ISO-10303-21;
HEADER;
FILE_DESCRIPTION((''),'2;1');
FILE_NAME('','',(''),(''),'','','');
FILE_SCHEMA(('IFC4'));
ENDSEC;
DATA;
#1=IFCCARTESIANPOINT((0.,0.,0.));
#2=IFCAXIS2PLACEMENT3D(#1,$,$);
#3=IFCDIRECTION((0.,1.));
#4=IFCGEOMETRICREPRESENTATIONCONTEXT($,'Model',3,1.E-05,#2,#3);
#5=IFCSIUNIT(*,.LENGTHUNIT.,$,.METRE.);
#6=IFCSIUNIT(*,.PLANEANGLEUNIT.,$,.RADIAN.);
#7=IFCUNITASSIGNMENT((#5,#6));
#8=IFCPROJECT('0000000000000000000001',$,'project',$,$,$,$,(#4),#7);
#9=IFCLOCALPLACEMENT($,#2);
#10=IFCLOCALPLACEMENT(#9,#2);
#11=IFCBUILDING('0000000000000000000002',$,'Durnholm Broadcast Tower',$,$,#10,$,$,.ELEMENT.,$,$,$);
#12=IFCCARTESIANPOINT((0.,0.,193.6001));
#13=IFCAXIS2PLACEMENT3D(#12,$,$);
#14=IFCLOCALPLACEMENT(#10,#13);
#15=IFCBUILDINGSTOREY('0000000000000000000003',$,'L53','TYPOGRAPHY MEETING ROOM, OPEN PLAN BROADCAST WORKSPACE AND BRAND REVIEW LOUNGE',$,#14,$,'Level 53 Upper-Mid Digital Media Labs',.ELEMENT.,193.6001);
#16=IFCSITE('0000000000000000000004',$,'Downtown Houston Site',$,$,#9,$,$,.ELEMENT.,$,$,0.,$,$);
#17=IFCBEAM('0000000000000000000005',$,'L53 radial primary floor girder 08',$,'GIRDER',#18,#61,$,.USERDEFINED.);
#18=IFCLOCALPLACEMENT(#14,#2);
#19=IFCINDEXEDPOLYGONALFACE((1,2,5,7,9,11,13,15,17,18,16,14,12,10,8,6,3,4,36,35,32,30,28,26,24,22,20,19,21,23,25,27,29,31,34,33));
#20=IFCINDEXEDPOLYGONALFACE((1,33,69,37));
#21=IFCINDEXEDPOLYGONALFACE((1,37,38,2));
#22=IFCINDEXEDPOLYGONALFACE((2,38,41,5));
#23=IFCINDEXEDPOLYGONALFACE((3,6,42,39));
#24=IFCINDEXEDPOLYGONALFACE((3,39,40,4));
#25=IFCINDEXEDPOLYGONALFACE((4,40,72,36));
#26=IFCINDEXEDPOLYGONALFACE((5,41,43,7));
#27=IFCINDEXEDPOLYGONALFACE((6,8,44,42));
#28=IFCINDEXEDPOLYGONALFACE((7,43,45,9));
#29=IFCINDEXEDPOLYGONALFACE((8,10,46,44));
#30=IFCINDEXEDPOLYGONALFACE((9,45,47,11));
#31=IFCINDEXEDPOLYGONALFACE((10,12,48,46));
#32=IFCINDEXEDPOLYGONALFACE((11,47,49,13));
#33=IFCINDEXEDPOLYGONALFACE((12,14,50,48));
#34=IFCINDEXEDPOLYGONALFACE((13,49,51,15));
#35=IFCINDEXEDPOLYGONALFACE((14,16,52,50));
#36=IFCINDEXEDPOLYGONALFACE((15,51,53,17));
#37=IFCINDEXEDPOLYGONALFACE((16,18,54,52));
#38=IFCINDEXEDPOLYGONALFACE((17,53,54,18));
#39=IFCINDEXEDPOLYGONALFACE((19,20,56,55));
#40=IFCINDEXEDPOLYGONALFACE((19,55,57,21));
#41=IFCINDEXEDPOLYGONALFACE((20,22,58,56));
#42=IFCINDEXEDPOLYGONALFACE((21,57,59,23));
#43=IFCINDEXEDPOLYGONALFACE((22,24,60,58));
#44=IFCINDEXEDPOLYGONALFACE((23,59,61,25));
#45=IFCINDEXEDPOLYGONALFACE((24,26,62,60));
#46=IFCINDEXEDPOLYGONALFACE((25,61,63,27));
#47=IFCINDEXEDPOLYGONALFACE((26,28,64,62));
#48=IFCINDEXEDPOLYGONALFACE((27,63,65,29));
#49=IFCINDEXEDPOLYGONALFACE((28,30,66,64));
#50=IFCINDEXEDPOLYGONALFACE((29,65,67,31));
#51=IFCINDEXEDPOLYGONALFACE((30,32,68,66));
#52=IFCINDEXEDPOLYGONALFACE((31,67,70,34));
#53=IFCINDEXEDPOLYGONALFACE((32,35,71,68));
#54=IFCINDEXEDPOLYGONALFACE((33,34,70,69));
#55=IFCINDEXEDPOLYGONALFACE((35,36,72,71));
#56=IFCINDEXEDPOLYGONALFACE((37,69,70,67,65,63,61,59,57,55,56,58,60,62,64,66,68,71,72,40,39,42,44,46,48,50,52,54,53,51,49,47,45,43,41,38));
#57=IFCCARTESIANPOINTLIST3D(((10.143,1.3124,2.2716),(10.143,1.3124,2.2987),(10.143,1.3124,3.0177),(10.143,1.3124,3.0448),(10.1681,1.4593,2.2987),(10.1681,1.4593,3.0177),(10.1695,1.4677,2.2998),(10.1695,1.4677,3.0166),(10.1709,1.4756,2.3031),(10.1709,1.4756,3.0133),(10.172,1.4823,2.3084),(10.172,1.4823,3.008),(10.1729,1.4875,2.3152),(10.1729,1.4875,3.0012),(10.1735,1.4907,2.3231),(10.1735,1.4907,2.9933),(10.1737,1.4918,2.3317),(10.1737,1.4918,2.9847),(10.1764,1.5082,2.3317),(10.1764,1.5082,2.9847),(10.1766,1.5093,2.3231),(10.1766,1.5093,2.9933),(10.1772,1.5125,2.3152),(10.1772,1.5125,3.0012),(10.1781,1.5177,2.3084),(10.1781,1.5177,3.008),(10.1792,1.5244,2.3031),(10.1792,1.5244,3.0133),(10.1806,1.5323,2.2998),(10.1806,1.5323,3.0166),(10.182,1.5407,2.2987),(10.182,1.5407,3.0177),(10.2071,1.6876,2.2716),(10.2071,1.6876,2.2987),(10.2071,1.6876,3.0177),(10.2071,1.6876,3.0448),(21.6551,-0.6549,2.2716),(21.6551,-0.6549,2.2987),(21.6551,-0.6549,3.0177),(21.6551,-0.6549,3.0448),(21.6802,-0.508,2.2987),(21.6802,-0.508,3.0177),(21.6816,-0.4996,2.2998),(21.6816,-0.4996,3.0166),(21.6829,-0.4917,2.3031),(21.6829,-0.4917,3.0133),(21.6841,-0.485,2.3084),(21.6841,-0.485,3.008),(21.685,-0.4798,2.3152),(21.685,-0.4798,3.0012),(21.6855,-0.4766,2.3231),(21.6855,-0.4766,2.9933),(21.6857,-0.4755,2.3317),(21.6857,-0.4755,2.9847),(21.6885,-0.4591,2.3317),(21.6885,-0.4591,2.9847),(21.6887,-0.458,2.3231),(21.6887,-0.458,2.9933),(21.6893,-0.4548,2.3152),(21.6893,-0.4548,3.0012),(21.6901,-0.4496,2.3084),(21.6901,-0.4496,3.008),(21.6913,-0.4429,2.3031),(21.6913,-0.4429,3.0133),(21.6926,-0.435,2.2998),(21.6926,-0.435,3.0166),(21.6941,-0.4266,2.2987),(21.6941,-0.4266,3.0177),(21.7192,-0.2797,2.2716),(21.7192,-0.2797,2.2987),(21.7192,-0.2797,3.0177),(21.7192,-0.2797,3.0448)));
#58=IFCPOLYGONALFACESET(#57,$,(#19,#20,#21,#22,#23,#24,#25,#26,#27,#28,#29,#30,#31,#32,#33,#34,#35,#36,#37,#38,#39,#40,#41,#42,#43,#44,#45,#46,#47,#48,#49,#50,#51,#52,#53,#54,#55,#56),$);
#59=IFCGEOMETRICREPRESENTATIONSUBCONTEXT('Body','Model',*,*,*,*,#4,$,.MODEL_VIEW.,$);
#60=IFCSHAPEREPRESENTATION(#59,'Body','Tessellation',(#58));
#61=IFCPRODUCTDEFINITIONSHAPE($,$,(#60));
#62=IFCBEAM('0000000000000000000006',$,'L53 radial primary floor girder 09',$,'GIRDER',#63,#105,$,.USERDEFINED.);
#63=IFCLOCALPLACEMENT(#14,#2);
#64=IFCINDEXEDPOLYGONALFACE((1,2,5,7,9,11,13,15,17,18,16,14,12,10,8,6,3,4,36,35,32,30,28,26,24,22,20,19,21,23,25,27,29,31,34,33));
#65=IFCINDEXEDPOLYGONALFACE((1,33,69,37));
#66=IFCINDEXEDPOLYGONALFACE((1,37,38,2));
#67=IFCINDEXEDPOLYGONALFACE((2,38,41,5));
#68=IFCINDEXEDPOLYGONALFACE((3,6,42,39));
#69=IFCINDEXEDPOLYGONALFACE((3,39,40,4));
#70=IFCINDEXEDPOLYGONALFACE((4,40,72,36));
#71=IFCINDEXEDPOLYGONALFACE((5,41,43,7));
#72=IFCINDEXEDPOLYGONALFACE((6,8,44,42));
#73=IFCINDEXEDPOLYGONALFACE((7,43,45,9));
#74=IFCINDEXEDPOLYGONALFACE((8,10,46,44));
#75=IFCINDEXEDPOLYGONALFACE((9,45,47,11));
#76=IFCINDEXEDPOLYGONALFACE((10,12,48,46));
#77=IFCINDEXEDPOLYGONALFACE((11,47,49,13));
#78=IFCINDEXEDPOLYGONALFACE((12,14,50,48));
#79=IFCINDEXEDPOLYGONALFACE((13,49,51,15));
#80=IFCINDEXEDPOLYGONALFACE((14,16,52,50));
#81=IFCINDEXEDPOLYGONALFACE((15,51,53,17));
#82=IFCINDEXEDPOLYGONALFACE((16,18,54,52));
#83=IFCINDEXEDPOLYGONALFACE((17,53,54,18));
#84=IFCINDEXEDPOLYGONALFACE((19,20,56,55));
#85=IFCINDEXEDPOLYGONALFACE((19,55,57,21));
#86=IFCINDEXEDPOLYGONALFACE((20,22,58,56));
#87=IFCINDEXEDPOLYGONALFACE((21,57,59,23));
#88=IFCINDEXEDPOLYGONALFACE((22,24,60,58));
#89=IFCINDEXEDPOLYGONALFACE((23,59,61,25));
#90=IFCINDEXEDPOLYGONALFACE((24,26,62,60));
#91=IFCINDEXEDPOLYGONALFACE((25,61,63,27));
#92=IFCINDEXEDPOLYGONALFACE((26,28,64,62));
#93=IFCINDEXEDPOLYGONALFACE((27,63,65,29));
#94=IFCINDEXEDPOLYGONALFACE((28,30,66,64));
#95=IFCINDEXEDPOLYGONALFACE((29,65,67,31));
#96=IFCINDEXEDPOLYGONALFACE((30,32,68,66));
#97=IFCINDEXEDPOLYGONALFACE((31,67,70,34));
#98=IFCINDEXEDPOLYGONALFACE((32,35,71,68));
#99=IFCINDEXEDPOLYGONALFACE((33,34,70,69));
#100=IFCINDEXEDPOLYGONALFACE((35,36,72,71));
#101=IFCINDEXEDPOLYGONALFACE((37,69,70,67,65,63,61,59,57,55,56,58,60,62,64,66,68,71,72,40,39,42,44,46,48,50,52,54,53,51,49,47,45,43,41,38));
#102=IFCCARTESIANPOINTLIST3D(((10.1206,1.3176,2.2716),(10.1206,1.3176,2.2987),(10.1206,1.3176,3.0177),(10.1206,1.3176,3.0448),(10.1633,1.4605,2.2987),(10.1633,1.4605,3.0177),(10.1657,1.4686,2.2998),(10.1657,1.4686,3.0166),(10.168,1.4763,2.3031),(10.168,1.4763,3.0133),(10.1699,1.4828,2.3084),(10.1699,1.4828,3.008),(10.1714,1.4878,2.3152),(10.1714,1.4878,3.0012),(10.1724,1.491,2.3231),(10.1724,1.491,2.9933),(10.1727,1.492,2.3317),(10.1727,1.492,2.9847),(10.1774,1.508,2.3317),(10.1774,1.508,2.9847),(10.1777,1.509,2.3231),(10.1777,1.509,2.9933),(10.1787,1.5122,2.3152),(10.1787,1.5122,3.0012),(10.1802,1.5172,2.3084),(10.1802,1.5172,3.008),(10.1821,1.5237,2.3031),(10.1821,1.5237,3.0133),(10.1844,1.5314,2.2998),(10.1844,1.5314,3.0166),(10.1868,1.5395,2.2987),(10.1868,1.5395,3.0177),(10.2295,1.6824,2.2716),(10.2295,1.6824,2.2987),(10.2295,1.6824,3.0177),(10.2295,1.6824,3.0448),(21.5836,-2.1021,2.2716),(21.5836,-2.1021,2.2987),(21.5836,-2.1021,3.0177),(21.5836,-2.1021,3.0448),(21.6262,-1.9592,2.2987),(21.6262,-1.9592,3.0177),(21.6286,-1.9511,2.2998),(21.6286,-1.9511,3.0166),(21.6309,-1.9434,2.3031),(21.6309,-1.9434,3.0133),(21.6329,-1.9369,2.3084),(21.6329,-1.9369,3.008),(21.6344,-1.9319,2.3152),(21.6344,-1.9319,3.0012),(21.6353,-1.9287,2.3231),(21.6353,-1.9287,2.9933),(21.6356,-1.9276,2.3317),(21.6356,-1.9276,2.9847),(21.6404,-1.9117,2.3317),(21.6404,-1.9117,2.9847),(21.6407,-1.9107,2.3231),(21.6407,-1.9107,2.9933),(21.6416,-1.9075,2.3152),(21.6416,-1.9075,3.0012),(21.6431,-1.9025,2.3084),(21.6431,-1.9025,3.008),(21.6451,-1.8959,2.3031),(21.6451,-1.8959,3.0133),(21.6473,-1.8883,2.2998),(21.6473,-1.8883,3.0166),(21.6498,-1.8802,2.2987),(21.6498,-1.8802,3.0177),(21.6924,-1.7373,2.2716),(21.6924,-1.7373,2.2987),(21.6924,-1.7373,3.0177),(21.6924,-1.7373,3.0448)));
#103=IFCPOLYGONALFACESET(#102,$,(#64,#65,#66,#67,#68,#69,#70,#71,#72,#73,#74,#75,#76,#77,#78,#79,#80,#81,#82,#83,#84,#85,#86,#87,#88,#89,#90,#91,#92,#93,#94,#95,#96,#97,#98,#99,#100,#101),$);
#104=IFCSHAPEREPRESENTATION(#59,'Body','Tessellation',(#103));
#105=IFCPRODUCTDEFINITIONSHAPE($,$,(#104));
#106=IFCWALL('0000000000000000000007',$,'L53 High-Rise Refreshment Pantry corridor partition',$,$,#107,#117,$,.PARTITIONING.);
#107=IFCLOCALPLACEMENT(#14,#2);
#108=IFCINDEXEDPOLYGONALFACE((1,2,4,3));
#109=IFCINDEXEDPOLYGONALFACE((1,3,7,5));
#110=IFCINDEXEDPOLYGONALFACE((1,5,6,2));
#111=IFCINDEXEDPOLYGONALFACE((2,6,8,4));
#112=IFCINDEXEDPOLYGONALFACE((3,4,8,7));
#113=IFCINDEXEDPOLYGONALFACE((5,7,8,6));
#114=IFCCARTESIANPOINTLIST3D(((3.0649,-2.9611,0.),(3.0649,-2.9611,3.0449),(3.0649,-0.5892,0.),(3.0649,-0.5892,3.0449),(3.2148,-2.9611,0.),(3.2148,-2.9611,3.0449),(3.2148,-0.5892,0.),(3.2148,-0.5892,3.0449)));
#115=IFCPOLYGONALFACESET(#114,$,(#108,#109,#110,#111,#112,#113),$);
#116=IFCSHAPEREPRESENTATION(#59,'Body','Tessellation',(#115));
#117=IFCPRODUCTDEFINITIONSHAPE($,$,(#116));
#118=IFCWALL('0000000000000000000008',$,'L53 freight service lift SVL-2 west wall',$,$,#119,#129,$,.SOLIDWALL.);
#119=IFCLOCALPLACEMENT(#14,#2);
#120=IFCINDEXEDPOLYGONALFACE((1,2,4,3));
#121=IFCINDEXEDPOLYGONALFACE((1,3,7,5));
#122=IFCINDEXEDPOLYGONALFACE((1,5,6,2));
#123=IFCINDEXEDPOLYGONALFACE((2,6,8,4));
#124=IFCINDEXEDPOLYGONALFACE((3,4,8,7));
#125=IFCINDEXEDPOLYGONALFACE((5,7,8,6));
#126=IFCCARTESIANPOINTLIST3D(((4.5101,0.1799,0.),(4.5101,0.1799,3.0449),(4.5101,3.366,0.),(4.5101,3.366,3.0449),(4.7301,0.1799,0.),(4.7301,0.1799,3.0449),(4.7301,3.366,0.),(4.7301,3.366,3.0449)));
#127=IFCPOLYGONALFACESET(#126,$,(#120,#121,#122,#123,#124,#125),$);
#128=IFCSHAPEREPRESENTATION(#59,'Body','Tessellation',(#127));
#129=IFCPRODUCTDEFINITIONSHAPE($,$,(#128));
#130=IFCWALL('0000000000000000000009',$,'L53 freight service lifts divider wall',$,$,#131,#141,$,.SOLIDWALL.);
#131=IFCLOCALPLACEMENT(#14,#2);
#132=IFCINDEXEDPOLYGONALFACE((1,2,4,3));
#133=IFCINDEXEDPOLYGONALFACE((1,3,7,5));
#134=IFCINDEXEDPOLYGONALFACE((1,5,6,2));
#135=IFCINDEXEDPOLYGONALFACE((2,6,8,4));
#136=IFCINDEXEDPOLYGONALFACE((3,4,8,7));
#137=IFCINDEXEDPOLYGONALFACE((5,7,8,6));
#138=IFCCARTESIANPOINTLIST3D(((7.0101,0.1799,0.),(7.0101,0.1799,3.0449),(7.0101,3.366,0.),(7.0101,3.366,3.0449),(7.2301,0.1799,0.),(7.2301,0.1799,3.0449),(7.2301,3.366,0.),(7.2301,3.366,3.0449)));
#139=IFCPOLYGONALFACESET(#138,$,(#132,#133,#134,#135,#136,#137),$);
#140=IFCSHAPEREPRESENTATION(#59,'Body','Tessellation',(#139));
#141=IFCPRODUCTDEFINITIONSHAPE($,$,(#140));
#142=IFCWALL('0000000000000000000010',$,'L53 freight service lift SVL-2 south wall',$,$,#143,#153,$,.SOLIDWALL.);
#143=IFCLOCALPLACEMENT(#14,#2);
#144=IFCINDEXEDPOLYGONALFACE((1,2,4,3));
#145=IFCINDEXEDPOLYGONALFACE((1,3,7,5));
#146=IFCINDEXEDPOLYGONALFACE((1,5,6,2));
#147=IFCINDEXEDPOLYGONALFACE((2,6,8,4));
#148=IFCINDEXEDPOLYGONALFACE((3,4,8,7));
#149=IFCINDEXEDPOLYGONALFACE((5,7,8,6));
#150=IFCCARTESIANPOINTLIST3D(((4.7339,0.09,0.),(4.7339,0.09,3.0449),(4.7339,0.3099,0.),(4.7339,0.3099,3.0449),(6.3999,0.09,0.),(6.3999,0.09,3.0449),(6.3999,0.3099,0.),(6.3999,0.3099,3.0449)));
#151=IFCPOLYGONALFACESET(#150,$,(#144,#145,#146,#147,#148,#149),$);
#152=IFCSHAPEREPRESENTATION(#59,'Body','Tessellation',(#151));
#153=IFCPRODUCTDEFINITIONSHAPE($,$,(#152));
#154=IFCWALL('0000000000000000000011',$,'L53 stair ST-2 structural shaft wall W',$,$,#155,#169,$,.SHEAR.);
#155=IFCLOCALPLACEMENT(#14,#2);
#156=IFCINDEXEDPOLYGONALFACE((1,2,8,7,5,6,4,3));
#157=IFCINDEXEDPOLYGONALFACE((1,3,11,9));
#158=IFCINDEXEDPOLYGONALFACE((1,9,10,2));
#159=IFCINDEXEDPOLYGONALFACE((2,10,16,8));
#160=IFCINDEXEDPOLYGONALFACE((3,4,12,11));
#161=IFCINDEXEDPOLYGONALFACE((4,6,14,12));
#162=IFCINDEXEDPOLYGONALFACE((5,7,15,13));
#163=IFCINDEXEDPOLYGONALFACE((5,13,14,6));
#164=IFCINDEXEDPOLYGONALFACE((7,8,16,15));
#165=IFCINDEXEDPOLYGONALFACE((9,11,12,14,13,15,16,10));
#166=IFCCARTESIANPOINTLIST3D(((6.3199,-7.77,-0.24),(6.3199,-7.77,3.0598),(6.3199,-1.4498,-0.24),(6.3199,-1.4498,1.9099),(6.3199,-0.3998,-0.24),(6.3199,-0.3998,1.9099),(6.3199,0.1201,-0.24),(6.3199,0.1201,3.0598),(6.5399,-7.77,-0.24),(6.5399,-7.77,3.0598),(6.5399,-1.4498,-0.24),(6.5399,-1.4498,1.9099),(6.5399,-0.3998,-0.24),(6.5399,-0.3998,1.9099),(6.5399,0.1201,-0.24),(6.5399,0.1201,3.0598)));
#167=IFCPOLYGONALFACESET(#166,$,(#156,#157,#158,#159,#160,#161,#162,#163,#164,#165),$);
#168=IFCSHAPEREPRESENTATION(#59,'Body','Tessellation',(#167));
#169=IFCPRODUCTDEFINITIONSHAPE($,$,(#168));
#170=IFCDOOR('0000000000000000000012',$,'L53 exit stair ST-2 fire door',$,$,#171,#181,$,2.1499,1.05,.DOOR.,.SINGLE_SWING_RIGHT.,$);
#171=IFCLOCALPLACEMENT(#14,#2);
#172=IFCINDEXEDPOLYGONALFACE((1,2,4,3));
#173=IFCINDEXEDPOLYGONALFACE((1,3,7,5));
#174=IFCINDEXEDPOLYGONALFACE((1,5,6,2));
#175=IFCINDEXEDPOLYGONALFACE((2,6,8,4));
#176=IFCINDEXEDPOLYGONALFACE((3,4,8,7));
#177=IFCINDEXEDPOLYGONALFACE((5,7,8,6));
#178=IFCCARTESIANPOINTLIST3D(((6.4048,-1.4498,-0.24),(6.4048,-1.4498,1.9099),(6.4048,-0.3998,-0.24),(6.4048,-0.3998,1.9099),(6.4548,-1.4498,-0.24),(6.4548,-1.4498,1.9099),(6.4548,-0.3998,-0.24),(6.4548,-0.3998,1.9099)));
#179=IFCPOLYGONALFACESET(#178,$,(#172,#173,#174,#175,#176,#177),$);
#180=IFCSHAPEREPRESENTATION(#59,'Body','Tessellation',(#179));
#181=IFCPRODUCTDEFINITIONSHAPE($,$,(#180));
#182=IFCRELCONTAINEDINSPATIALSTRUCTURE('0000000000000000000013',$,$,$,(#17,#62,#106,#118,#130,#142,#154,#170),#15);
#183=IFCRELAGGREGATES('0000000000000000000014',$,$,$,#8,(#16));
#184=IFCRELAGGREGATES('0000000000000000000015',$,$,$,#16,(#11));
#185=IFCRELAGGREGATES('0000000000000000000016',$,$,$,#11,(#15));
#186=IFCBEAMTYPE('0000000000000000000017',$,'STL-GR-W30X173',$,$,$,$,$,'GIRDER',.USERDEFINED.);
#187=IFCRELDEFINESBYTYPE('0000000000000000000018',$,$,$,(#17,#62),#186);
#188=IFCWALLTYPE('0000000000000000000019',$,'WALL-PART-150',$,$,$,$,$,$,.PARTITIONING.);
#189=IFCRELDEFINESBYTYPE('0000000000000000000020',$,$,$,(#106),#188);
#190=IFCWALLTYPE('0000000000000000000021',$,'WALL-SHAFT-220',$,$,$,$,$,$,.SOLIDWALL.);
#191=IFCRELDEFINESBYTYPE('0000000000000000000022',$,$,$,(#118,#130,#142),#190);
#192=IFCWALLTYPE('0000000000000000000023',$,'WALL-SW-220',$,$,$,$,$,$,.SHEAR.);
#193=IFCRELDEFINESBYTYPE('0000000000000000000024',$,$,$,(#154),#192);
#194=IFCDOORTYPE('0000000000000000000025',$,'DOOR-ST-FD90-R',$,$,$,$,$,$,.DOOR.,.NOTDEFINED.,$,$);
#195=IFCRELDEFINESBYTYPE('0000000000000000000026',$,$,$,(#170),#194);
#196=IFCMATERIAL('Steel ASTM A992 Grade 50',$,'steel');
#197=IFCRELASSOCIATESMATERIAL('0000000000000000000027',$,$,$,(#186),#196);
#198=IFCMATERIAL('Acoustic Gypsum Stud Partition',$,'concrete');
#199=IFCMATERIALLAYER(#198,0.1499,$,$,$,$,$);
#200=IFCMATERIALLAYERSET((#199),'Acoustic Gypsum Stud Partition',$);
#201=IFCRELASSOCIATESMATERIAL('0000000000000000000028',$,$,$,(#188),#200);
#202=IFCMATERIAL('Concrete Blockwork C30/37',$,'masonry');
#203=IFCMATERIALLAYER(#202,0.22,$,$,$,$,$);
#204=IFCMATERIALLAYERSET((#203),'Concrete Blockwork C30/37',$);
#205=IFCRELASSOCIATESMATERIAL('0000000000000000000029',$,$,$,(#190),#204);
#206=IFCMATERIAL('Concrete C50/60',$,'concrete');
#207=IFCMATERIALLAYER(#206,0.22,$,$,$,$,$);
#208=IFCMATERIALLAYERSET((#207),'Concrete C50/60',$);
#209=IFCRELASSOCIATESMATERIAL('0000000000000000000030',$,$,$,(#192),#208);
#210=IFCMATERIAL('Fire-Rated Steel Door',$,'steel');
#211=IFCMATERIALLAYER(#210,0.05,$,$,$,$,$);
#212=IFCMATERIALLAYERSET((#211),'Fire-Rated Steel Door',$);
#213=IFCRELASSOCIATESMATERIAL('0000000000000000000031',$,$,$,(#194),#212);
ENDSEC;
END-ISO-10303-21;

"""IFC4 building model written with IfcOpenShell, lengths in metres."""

from ifc_helpers import new_model, si_unit, direction, frame, frame_2d, origin, origin_2d, place, context, subcontext, project, spatial, rectangle, i_section, extrude, source, transform, mapped, material, layer, layer_set, material_profile, profile_set, type_object, type_shapes, element, fill, save


model = new_model("IFC4")

# Units and contexts
model_context = context("Model", 3, precision=1e-05, world=origin(), true_north=direction((0.0, 1.0)))
body_context = subcontext(model_context, "Body", "Model", "MODEL_VIEW")
ifc_project = project(units=[si_unit("LENGTHUNIT", "METRE"), si_unit("PLANEANGLEUNIT", "RADIAN")], contexts=[model_context])

# Site, building, storey
site_placement = place(None, origin())
site = spatial("IfcSite", under=ifc_project, at=site_placement, Name="Downtown Houston Site", CompositionType="ELEMENT", RefElevation=0.0)
building_placement = place(site_placement, origin())
building = spatial("IfcBuilding", under=site, at=building_placement, Name="Durnholm Broadcast Tower", CompositionType="ELEMENT")
storey_placement = place(building_placement, frame((0.0, 0.0, 193.6001)))
storey = spatial("IfcBuildingStorey", under=building, at=storey_placement, Name="L53", Description="TYPOGRAPHY MEETING ROOM, OPEN PLAN BROADCAST WORKSPACE AND BRAND REVIEW LOUNGE", LongName="Level 53 Upper-Mid Digital Media Labs", CompositionType="ELEMENT", Elevation=193.6001)

# Beams
ifc_material_1 = material(Name="Steel ASTM A992 Grade 50", Category="steel")
ifc_material_profile = material_profile(ifc_material_1, i_section(OverallWidth=0.3806, OverallDepth=0.7732, WebThickness=0.0166, FlangeThickness=0.0271, FilletRadius=0.033, at=origin_2d()), Name="W30X173")
ifc_profile_set = profile_set([ifc_material_profile], Name="Steel ASTM A992 Grade 50")
beam_type = type_object("IfcBeamType", Name="STL-GR-W30X173", ElementType="GIRDER", PredefinedType="USERDEFINED", material=ifc_profile_set)
shared_shape_1 = source(origin(), body_context, "Body", "SweptSolid", [
    extrude(i_section(OverallWidth=0.3806, OverallDepth=0.7732, WebThickness=0.0166, FlangeThickness=0.0271, FilletRadius=0.033, at=origin_2d()), origin(), (0.0, 0.0, 1.0), 11.679),
])
beam_1_placement = place(storey_placement, frame((10.175, 1.5, 2.6582), z_axis=(0.98571, -0.168449, 0.0), x_axis=(0.168449, 0.98571, 0.0)))
element("IfcBeam", 1, at=beam_1_placement, inside=storey, type_object=beam_type, Name="L53 radial primary floor girder 08", ObjectType="GIRDER", PredefinedType="USERDEFINED", context=body_context, shape_type="MappedRepresentation", body=[
    mapped(shared_shape_1, transform((0.0, 0.0, 0.0), x_axis=(1.0, 0.0, 0.0), y_axis=(0.0, 1.0, 0.0), z_axis=(0.0, 0.0, 1.0), scale=1.0)),
])
shared_shape_2 = source(origin(), body_context, "Body", "SweptSolid", [
    extrude(i_section(OverallWidth=0.3806, OverallDepth=0.7732, WebThickness=0.0166, FlangeThickness=0.0271, FilletRadius=0.033, at=origin_2d()), origin(), (0.0, 0.0, 1.0), 11.9622),
])
type_shapes(beam_type, [shared_shape_1, shared_shape_2])
beam_2_placement = place(storey_placement, frame((10.175, 1.5, 2.6582), z_axis=(0.958267, -0.285876, 0.0), x_axis=(0.285876, 0.958267, 0.0)))
element("IfcBeam", 2, at=beam_2_placement, inside=storey, type_object=beam_type, Name="L53 radial primary floor girder 09", ObjectType="GIRDER", PredefinedType="USERDEFINED", context=body_context, shape_type="MappedRepresentation", body=[
    mapped(shared_shape_2, transform((0.0, 0.0, 0.0), x_axis=(1.0, 0.0, 0.0), y_axis=(0.0, 1.0, 0.0), z_axis=(0.0, 0.0, 1.0), scale=1.0)),
])

# Wall
ifc_material_2 = material(Name="Acoustic Gypsum Stud Partition", Category="concrete")
ifc_layer_1 = layer(ifc_material_2, 0.1499)
ifc_layer_set_1 = layer_set([ifc_layer_1], Name="Acoustic Gypsum Stud Partition")
wall_type_1 = type_object("IfcWallType", Name="WALL-PART-150", PredefinedType="PARTITIONING", material=ifc_layer_set_1)
wall_1_placement = place(storey_placement, frame((3.1399, -0.5891, 0.0), z_axis=(0.0, 0.0, 1.0), x_axis=(0.0, -1.0, 0.0)))
element("IfcWall", 3, at=wall_1_placement, inside=storey, type_object=wall_type_1, Name="L53 High-Rise Refreshment Pantry corridor partition", PredefinedType="PARTITIONING", context=body_context, shape_type="SweptSolid", body=[
    extrude(rectangle(XDim=2.3718, YDim=0.1499, at=frame_2d((1.186, 0.0))), origin(), (0.0, 0.0, 1.0), 3.0449),
])

# Shared definitions
ifc_material_3 = material(Name="Concrete Blockwork C30/37", Category="masonry")
ifc_layer_2 = layer(ifc_material_3, 0.22)
ifc_layer_set_2 = layer_set([ifc_layer_2], Name="Concrete Blockwork C30/37")
wall_type_2 = type_object("IfcWallType", Name="WALL-SHAFT-220", PredefinedType="SOLIDWALL", material=ifc_layer_set_2)

# Walls
for number, where, z_axis, x_axis, name in (
    (4, (4.6201, 0.1799, 0.0), (0.0, 0.0, 1.0), (0.0, 1.0, 0.0), "L53 freight service lift SVL-2 west wall"),
    (5, (7.1201, 0.1799, 0.0), (0.0, 0.0, 1.0), (0.0, 1.0, 0.0), "L53 freight service lifts divider wall"),
):
    element("IfcWall", number, at=place(storey_placement, frame(where, z_axis=z_axis, x_axis=x_axis)), inside=storey, type_object=wall_type_2, Name=name, PredefinedType="SOLIDWALL", context=body_context, shape_type="SweptSolid", body=[
        extrude(rectangle(XDim=3.186, YDim=0.22, at=frame_2d((1.593, 0.0))), origin(), (0.0, 0.0, 1.0), 3.0449),
    ])
wall_2_placement = place(storey_placement, frame((4.7339, 0.2, 0.0), z_axis=(0.0, 0.0, 1.0), x_axis=(1.0, 0.0, 0.0)))
element("IfcWall", 6, at=wall_2_placement, inside=storey, type_object=wall_type_2, Name="L53 freight service lift SVL-2 south wall", PredefinedType="SOLIDWALL", context=body_context, shape_type="SweptSolid", body=[
    extrude(rectangle(XDim=1.666, YDim=0.22, at=frame_2d((0.833, 0.0))), origin(), (0.0, 0.0, 1.0), 3.0449),
])

# Wall, opening, door
ifc_material_4 = material(Name="Concrete C50/60", Category="concrete")
ifc_layer_3 = layer(ifc_material_4, 0.22)
ifc_layer_set_3 = layer_set([ifc_layer_3], Name="Concrete C50/60")
wall_type_3 = type_object("IfcWallType", Name="WALL-SW-220", PredefinedType="SHEAR", material=ifc_layer_set_3)
wall_3_placement = place(storey_placement, frame((6.4299, 0.1201, -0.24), z_axis=(0.0, 0.0, 1.0), x_axis=(0.0, -1.0, 0.0)))
wall_3 = element("IfcWall", 7, at=wall_3_placement, inside=storey, type_object=wall_type_3, Name="L53 stair ST-2 structural shaft wall W", PredefinedType="SHEAR", context=body_context, shape_type="SweptSolid", body=[
    extrude(rectangle(XDim=7.8901, YDim=0.22, at=frame_2d((3.9451, 0.0))), origin(), (0.0, 0.0, 1.0), 3.2998),
])
opening_1_placement = place(wall_3_placement, frame((0.52, 0.0, 0.0)))
opening_1 = element("IfcOpeningElement", 8, at=opening_1_placement, cuts=wall_3, PredefinedType="OPENING", context=body_context, shape_type="SweptSolid", body=[
    extrude(rectangle(XDim=1.05, YDim=2.1499, at=frame_2d((0.5249, 1.075))), frame((0.0, 0.1201, 0.0), z_axis=(0.0, -1.0, 0.0), x_axis=(1.0, 0.0, 0.0)), (0.0, 0.0, 1.0), 0.24),
])
ifc_material_5 = material(Name="Fire-Rated Steel Door", Category="steel")
ifc_layer_4 = layer(ifc_material_5, 0.05)
ifc_layer_set_4 = layer_set([ifc_layer_4], Name="Fire-Rated Steel Door")
door_type_1 = type_object("IfcDoorType", Name="DOOR-ST-FD90-R", OperationType="NOTDEFINED", PredefinedType="DOOR", material=ifc_layer_set_4)
shared_shape_3 = source(origin(), body_context, "Body", "SweptSolid", [
    extrude(rectangle(XDim=1.05, YDim=2.1499, at=frame_2d((0.5249, 1.075))), frame((0.0, 0.0249, 0.0), z_axis=(0.0, -1.0, 0.0), x_axis=(1.0, 0.0, 0.0)), (0.0, 0.0, 1.0), 0.05),
])
type_shapes(door_type_1, [shared_shape_3])
door_1_placement = place(opening_1_placement, origin())
door_1 = element("IfcDoor", 9, at=door_1_placement, inside=storey, type_object=door_type_1, Name="L53 exit stair ST-2 fire door", OperationType="SINGLE_SWING_RIGHT", OverallHeight=2.1499, OverallWidth=1.05, PredefinedType="DOOR", context=body_context, shape_type="MappedRepresentation", body=[
    mapped(shared_shape_3, transform((0.0, 0.0, 0.0), x_axis=(1.0, 0.0, 0.0), y_axis=(0.0, 1.0, 0.0), z_axis=(0.0, 0.0, 1.0), scale=1.0)),
])
fill(opening_1, door_1)

save(model, "model.ifc")
